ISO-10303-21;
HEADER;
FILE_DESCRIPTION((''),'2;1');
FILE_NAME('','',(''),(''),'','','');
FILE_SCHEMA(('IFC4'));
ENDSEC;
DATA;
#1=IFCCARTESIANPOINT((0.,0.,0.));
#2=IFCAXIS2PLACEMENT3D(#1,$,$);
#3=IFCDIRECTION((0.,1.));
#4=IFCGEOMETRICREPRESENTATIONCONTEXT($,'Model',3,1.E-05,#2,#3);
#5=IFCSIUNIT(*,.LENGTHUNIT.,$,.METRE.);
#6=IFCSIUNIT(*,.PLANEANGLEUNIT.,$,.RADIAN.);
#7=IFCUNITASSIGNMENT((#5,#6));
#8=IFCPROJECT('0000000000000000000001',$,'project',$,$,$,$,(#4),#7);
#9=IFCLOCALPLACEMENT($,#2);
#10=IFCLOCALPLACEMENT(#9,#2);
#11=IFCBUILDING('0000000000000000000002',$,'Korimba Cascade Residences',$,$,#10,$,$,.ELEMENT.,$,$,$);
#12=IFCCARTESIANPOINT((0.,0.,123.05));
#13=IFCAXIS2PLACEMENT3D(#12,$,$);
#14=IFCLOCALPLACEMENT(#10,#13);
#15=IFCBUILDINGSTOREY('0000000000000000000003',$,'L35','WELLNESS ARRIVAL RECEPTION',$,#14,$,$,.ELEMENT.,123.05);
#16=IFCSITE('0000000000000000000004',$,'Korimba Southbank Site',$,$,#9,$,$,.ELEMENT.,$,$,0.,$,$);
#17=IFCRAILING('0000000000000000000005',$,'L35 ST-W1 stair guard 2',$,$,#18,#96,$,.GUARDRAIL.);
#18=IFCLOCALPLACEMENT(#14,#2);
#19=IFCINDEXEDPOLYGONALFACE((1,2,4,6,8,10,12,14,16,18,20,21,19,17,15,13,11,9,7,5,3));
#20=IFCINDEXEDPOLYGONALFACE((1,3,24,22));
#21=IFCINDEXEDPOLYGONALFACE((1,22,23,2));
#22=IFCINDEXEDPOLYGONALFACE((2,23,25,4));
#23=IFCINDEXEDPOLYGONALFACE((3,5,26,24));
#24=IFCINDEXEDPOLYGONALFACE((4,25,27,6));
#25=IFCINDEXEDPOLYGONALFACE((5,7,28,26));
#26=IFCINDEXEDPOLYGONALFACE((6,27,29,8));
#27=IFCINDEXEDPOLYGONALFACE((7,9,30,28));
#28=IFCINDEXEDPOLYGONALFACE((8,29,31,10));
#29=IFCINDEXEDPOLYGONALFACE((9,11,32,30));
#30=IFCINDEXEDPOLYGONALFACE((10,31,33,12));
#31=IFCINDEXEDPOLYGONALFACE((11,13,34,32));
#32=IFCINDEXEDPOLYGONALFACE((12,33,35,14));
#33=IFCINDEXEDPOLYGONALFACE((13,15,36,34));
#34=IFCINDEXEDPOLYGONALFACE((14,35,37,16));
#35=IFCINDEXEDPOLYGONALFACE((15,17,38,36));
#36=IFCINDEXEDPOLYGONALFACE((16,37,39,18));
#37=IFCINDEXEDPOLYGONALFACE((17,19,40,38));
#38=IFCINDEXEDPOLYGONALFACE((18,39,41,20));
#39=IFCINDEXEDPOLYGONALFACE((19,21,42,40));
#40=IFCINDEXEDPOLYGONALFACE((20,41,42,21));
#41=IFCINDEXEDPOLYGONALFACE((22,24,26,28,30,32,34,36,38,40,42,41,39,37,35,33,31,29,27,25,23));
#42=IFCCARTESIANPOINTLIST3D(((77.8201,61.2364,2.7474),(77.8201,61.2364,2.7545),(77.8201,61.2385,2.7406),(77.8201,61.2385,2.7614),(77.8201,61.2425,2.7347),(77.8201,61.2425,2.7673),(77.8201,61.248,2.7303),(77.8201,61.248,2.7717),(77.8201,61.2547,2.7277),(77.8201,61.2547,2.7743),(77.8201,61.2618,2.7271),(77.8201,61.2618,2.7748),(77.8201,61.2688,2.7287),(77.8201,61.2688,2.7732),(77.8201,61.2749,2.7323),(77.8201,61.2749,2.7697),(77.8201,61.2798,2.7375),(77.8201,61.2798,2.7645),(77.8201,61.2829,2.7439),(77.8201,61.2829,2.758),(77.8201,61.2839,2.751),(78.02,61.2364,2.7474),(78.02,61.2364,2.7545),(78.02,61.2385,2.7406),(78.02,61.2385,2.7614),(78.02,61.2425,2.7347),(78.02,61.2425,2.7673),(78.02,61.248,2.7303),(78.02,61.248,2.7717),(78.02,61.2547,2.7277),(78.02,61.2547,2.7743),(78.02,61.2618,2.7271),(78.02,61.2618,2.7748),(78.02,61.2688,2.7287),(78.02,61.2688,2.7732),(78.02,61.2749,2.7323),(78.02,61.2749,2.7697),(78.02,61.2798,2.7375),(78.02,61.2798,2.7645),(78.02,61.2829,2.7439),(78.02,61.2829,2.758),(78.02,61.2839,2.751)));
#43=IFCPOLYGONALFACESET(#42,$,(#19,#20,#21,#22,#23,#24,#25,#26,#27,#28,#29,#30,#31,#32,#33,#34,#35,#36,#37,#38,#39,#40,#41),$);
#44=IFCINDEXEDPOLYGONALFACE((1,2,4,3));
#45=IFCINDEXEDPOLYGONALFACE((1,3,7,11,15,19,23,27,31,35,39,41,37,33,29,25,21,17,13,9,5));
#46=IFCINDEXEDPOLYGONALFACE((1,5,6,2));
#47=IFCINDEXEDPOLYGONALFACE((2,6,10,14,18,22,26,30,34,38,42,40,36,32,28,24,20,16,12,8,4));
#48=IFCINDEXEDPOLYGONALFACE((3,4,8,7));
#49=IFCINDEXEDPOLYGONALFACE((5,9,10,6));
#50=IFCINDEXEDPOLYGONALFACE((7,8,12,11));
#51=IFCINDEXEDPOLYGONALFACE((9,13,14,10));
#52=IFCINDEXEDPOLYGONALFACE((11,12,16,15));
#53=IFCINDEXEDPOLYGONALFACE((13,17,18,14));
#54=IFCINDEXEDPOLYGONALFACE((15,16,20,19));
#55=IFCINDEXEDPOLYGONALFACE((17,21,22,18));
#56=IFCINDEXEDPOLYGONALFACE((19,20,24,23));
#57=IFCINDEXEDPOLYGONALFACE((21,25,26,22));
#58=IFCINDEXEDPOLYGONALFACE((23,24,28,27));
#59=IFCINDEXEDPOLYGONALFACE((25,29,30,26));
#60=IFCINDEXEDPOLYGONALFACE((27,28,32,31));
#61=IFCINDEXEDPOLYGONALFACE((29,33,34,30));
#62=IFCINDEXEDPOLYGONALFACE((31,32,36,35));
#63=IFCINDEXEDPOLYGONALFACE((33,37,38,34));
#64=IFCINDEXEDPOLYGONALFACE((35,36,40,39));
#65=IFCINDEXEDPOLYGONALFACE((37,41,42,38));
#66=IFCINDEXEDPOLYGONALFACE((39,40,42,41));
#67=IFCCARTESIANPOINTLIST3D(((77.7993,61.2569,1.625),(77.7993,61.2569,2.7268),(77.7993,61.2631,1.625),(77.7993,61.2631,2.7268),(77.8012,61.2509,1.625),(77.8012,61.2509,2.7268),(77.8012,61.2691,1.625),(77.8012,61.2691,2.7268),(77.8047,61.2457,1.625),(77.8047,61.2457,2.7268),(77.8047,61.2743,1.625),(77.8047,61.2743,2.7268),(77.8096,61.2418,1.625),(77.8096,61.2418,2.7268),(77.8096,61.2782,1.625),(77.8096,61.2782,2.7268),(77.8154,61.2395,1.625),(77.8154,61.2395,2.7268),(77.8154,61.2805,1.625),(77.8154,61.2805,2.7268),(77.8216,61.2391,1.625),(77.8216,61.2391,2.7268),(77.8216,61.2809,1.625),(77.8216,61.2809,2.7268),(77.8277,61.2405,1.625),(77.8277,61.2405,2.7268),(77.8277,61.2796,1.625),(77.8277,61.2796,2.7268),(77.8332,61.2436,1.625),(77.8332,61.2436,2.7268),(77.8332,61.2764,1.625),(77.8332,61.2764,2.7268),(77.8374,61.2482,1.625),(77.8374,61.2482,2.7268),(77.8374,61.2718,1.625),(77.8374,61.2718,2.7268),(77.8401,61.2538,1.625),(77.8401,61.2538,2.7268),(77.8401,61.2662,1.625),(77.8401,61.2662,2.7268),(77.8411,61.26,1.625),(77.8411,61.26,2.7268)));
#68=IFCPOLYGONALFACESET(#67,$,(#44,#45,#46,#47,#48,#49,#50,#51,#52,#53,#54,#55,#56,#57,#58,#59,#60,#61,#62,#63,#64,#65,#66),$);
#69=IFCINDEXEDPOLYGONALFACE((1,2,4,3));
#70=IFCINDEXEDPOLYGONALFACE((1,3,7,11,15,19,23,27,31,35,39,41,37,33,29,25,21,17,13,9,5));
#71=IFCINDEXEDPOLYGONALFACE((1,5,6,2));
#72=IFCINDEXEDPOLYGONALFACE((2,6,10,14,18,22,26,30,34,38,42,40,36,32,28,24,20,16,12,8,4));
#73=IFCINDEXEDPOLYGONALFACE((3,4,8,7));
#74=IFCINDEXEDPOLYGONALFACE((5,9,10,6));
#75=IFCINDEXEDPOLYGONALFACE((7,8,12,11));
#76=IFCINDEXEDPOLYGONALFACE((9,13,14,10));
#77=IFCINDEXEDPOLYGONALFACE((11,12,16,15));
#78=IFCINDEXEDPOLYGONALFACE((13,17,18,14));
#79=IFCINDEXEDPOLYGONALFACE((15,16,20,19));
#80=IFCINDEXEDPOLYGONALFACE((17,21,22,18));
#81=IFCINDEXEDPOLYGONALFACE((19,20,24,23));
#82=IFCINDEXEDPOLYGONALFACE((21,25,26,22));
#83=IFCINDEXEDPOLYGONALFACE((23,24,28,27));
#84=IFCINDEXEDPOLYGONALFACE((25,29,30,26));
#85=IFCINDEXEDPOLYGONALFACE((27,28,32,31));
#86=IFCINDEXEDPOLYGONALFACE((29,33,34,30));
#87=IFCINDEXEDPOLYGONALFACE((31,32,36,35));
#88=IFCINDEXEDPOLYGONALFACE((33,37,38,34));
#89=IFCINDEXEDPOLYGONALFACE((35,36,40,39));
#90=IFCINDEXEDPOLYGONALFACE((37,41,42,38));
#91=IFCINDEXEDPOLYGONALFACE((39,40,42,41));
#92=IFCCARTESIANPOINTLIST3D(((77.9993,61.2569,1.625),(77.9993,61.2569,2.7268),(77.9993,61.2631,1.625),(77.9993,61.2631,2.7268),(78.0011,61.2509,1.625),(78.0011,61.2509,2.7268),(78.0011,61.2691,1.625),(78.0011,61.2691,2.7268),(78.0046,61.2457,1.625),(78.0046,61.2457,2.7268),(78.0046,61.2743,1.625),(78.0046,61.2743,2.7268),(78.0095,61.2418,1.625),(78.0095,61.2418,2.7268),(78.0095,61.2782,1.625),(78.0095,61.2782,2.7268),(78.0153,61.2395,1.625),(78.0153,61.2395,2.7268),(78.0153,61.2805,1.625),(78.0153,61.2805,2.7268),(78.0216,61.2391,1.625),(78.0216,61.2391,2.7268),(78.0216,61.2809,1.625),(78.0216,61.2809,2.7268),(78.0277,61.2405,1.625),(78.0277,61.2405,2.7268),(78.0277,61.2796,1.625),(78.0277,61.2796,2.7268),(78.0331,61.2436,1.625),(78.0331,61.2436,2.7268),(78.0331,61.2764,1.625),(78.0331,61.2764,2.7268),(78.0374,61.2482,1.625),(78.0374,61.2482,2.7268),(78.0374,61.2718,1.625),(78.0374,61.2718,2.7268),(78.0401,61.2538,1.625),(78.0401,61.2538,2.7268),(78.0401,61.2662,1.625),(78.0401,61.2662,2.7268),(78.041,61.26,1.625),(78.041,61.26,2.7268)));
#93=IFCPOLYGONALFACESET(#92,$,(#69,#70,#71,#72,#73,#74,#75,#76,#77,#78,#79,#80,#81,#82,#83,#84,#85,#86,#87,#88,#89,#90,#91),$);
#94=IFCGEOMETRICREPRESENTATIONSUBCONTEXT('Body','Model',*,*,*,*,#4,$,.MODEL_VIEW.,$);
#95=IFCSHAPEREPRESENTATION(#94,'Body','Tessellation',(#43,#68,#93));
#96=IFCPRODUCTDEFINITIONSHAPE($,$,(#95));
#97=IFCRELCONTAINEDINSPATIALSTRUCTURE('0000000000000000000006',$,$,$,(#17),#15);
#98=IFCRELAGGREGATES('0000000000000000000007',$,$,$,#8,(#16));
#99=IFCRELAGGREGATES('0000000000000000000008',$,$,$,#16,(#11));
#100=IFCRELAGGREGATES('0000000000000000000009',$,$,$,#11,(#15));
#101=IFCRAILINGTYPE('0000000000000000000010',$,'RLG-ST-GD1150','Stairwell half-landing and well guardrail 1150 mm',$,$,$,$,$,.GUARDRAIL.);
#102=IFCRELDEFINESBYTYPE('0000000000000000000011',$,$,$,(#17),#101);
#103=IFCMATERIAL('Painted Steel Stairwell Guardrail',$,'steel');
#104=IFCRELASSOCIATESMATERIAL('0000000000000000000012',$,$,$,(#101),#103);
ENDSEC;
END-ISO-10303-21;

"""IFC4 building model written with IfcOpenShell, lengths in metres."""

from ifc_helpers import new_model, si_unit, direction, frame, origin, origin_2d, place, context, subcontext, project, spatial, circle, extrude, material, type_object, element, save


model = new_model("IFC4")

# Units and contexts
model_context = context("Model", 3, precision=1e-05, world=origin(), true_north=direction((0.0, 1.0)))
body_context = subcontext(model_context, "Body", "Model", "MODEL_VIEW")
ifc_project = project(units=[si_unit("LENGTHUNIT", "METRE"), si_unit("PLANEANGLEUNIT", "RADIAN")], contexts=[model_context])

# Site, building, storey
site_placement = place(None, origin())
site = spatial("IfcSite", under=ifc_project, at=site_placement, Name="Korimba Southbank Site", CompositionType="ELEMENT", RefElevation=0.0)
building_placement = place(site_placement, origin())
building = spatial("IfcBuilding", under=site, at=building_placement, Name="Korimba Cascade Residences", CompositionType="ELEMENT")
storey_placement = place(building_placement, frame((0.0, 0.0, 123.05)))
storey = spatial("IfcBuildingStorey", under=building, at=storey_placement, Name="L35", Description="WELLNESS ARRIVAL RECEPTION", CompositionType="ELEMENT", Elevation=123.05)

# Railing
ifc_material_1 = material(Name="Painted Steel Stairwell Guardrail", Category="steel")
railing_type_1 = type_object("IfcRailingType", Name="RLG-ST-GD1150", Description="Stairwell half-landing and well guardrail 1150 mm", PredefinedType="GUARDRAIL", material=ifc_material_1)
railing_1_placement = place(storey_placement, frame((77.8201, 61.26, 1.625)))
element("IfcRailing", 1, at=railing_1_placement, inside=storey, type_object=railing_type_1, Name="L35 ST-W1 stair guard 2", PredefinedType="GUARDRAIL", context=body_context, shape_type="SweptSolid", body=[
    extrude(circle(Radius=0.0239, at=origin_2d()), frame((0.0, 0.0, 1.126), z_axis=(1.0, 0.0, 0.0), x_axis=(0.0, 1.0, 0.0)), (0.0, 0.0, 1.0), 0.2),
    extrude(circle(Radius=0.021, at=origin_2d()), origin(), (0.0, 0.0, 1.0), 1.1018),
    extrude(circle(Radius=0.021, at=origin_2d()), frame((0.2, 0.0, 0.0)), (0.0, 0.0, 1.0), 1.1018),
])

save(model, "model.ifc")
